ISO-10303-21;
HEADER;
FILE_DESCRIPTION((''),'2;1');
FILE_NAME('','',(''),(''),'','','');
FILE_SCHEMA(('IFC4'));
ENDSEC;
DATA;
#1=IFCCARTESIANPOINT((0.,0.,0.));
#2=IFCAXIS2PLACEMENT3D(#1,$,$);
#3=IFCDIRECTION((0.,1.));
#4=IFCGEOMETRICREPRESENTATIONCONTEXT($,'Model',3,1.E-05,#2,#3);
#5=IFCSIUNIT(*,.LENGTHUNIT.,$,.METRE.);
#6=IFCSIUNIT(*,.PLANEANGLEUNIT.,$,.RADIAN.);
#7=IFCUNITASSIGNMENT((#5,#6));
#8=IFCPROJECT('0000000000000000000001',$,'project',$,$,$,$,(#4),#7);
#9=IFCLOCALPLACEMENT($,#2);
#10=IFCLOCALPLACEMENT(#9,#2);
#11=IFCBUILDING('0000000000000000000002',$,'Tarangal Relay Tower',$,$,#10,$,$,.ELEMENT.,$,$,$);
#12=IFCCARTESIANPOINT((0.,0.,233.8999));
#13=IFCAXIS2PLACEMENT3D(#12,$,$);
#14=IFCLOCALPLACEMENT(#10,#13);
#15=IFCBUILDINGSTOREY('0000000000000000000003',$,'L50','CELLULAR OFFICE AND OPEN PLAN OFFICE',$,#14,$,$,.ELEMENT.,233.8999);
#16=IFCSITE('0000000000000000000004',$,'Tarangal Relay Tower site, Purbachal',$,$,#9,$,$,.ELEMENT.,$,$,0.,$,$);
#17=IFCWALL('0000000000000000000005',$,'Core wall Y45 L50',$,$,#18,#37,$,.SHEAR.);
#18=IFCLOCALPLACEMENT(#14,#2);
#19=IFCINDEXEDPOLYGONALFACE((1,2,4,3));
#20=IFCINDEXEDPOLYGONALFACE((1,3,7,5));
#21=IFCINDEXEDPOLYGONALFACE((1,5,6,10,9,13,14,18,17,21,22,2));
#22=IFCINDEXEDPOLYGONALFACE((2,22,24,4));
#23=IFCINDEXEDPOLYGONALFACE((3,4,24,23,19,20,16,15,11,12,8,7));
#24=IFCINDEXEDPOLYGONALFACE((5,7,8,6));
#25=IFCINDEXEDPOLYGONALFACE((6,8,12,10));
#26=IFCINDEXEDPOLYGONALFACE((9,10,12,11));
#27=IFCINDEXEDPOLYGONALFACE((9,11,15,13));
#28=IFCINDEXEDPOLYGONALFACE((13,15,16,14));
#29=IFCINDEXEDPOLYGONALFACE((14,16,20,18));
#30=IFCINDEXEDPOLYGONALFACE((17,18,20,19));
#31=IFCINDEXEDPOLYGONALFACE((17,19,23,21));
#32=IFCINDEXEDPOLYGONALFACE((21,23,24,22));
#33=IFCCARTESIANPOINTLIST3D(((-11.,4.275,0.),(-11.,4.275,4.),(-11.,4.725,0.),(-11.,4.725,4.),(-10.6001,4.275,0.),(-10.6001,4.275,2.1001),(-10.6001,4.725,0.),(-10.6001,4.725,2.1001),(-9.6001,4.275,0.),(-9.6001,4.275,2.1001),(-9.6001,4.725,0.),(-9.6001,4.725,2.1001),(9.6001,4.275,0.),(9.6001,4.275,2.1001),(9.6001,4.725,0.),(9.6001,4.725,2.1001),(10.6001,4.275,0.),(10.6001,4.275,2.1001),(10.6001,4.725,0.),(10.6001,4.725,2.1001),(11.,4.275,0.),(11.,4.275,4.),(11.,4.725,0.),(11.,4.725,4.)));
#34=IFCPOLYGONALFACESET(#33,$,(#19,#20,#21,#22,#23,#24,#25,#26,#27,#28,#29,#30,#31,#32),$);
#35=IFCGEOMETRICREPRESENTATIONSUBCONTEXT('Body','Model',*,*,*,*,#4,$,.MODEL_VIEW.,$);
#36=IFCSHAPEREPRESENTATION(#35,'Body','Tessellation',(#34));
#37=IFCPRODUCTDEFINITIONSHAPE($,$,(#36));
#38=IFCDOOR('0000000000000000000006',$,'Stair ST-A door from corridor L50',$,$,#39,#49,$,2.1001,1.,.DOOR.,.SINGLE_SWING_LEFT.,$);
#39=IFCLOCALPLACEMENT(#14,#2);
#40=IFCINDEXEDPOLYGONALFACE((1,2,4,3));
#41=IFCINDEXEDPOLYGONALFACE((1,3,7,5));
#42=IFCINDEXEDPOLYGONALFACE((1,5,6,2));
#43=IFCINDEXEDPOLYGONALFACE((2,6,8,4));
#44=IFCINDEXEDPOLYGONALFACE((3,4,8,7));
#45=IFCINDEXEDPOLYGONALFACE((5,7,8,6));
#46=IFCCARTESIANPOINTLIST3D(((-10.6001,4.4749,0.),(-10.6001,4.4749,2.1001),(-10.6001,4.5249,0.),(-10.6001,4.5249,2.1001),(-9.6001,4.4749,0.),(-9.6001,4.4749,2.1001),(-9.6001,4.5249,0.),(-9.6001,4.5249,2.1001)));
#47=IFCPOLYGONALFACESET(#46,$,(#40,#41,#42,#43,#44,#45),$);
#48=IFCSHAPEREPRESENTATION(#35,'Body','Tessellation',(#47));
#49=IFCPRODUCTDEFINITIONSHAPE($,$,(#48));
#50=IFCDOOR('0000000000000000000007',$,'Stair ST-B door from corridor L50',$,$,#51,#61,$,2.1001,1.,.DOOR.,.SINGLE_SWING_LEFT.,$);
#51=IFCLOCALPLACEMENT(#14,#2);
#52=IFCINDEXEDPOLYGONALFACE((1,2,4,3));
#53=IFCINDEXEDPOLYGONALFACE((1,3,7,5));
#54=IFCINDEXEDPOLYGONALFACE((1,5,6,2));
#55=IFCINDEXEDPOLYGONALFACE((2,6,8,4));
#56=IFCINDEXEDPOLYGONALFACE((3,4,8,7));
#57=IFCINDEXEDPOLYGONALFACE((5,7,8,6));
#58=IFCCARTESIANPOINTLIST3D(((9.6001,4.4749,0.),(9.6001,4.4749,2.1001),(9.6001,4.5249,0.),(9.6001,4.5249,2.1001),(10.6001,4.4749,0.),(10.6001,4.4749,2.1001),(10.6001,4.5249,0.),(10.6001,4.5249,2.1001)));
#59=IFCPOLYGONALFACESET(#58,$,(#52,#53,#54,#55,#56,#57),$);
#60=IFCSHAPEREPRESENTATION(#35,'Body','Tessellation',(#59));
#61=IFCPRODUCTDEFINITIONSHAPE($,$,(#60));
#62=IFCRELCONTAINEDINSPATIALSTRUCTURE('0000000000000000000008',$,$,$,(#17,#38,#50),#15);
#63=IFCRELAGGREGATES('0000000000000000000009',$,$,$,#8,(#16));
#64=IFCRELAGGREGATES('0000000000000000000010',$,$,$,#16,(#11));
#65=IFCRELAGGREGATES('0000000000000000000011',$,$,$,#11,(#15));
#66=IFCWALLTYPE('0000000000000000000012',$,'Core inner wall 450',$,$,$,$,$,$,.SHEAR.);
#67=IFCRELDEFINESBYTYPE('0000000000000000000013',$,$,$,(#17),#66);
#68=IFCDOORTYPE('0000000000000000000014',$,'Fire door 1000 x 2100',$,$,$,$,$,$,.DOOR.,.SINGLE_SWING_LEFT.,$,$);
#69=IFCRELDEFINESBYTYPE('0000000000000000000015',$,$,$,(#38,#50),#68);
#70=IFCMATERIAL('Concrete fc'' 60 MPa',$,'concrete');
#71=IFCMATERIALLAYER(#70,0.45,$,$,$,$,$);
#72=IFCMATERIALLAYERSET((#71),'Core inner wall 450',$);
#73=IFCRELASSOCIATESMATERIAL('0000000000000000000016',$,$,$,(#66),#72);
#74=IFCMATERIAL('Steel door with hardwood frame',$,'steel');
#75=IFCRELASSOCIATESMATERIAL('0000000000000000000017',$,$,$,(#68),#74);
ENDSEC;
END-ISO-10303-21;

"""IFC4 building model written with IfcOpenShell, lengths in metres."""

from ifc_helpers import new_model, si_unit, direction, frame, frame_2d, origin, place, context, subcontext, project, spatial, rectangle, extrude, material, layer, layer_set, type_object, element, fill, save


model = new_model("IFC4")

# Units and contexts
model_context = context("Model", 3, precision=1e-05, world=origin(), true_north=direction((0.0, 1.0)))
body_context = subcontext(model_context, "Body", "Model", "MODEL_VIEW")
ifc_project = project(units=[si_unit("LENGTHUNIT", "METRE"), si_unit("PLANEANGLEUNIT", "RADIAN")], contexts=[model_context])

# Site, building, storey
site_placement = place(None, origin())
site = spatial("IfcSite", under=ifc_project, at=site_placement, Name="Tarangal Relay Tower site, Purbachal", CompositionType="ELEMENT", RefElevation=0.0)
building_placement = place(site_placement, origin())
building = spatial("IfcBuilding", under=site, at=building_placement, Name="Tarangal Relay Tower", CompositionType="ELEMENT")
storey_placement = place(building_placement, frame((0.0, 0.0, 233.8999)))
storey = spatial("IfcBuildingStorey", under=building, at=storey_placement, Name="L50", Description="CELLULAR OFFICE AND OPEN PLAN OFFICE", CompositionType="ELEMENT", Elevation=233.8999)

# Wall, openings, doors
ifc_material_1 = material(Name="Concrete fc' 60 MPa", Category="concrete")
ifc_layer = layer(ifc_material_1, 0.45)
ifc_layer_set = layer_set([ifc_layer], Name="Core inner wall 450")
wall_type = type_object("IfcWallType", Name="Core inner wall 450", PredefinedType="SHEAR", material=ifc_layer_set)
wall_1_placement = place(storey_placement, frame((-11.0, 4.5, 0.0), z_axis=(0.0, 0.0, 1.0), x_axis=(1.0, 0.0, 0.0)))
wall_1 = element("IfcWall", 1, at=wall_1_placement, inside=storey, type_object=wall_type, Name="Core wall Y45 L50", PredefinedType="SHEAR", context=body_context, shape_type="SweptSolid", body=[
    extrude(rectangle(XDim=22.0, YDim=0.45, at=frame_2d((11.0, 0.0))), origin(), (0.0, 0.0, 1.0), 4.0),
])
opening_1_placement = place(wall_1_placement, frame((0.3999, 0.0, 0.0)))
opening_1 = element("IfcOpeningElement", 2, at=opening_1_placement, cuts=wall_1, PredefinedType="OPENING", context=body_context, shape_type="SweptSolid", body=[
    extrude(rectangle(XDim=1.0, YDim=2.1001, at=frame_2d((0.5, 1.05))), frame((0.0, 0.2349, 0.0), z_axis=(0.0, -1.0, 0.0), x_axis=(1.0, 0.0, 0.0)), (0.0, 0.0, 1.0), 0.47),
])
opening_2_placement = place(wall_1_placement, frame((20.6001, 0.0, 0.0)))
opening_2 = element("IfcOpeningElement", 3, at=opening_2_placement, cuts=wall_1, PredefinedType="OPENING", context=body_context, shape_type="SweptSolid", body=[
    extrude(rectangle(XDim=1.0, YDim=2.1001, at=frame_2d((0.5, 1.05))), frame((0.0, 0.2349, 0.0), z_axis=(0.0, -1.0, 0.0), x_axis=(1.0, 0.0, 0.0)), (0.0, 0.0, 1.0), 0.47),
])
ifc_material_2 = material(Name="Steel door with hardwood frame", Category="steel")
door_type_1 = type_object("IfcDoorType", Name="Fire door 1000 x 2100", OperationType="SINGLE_SWING_LEFT", PredefinedType="DOOR", material=ifc_material_2)
door_1_placement = place(opening_1_placement, origin())
door_1 = element("IfcDoor", 4, at=door_1_placement, inside=storey, type_object=door_type_1, Name="Stair ST-A door from corridor L50", OperationType="SINGLE_SWING_LEFT", OverallHeight=2.1001, OverallWidth=1.0, PredefinedType="DOOR", context=body_context, shape_type="SweptSolid", body=[
    extrude(rectangle(XDim=1.0, YDim=2.1001, at=frame_2d((0.5, 1.05))), frame((0.0, 0.0249, 0.0), z_axis=(0.0, -1.0, 0.0), x_axis=(1.0, 0.0, 0.0)), (0.0, 0.0, 1.0), 0.05),
])
fill(opening_1, door_1)
door_2_placement = place(opening_2_placement, origin())
door_2 = element("IfcDoor", 5, at=door_2_placement, inside=storey, type_object=door_type_1, Name="Stair ST-B door from corridor L50", OperationType="SINGLE_SWING_LEFT", OverallHeight=2.1001, OverallWidth=1.0, PredefinedType="DOOR", context=body_context, shape_type="SweptSolid", body=[
    extrude(rectangle(XDim=1.0, YDim=2.1001, at=frame_2d((0.5, 1.05))), frame((0.0, 0.0249, 0.0), z_axis=(0.0, -1.0, 0.0), x_axis=(1.0, 0.0, 0.0)), (0.0, 0.0, 1.0), 0.05),
])
fill(opening_2, door_2)

save(model, "model.ifc")
